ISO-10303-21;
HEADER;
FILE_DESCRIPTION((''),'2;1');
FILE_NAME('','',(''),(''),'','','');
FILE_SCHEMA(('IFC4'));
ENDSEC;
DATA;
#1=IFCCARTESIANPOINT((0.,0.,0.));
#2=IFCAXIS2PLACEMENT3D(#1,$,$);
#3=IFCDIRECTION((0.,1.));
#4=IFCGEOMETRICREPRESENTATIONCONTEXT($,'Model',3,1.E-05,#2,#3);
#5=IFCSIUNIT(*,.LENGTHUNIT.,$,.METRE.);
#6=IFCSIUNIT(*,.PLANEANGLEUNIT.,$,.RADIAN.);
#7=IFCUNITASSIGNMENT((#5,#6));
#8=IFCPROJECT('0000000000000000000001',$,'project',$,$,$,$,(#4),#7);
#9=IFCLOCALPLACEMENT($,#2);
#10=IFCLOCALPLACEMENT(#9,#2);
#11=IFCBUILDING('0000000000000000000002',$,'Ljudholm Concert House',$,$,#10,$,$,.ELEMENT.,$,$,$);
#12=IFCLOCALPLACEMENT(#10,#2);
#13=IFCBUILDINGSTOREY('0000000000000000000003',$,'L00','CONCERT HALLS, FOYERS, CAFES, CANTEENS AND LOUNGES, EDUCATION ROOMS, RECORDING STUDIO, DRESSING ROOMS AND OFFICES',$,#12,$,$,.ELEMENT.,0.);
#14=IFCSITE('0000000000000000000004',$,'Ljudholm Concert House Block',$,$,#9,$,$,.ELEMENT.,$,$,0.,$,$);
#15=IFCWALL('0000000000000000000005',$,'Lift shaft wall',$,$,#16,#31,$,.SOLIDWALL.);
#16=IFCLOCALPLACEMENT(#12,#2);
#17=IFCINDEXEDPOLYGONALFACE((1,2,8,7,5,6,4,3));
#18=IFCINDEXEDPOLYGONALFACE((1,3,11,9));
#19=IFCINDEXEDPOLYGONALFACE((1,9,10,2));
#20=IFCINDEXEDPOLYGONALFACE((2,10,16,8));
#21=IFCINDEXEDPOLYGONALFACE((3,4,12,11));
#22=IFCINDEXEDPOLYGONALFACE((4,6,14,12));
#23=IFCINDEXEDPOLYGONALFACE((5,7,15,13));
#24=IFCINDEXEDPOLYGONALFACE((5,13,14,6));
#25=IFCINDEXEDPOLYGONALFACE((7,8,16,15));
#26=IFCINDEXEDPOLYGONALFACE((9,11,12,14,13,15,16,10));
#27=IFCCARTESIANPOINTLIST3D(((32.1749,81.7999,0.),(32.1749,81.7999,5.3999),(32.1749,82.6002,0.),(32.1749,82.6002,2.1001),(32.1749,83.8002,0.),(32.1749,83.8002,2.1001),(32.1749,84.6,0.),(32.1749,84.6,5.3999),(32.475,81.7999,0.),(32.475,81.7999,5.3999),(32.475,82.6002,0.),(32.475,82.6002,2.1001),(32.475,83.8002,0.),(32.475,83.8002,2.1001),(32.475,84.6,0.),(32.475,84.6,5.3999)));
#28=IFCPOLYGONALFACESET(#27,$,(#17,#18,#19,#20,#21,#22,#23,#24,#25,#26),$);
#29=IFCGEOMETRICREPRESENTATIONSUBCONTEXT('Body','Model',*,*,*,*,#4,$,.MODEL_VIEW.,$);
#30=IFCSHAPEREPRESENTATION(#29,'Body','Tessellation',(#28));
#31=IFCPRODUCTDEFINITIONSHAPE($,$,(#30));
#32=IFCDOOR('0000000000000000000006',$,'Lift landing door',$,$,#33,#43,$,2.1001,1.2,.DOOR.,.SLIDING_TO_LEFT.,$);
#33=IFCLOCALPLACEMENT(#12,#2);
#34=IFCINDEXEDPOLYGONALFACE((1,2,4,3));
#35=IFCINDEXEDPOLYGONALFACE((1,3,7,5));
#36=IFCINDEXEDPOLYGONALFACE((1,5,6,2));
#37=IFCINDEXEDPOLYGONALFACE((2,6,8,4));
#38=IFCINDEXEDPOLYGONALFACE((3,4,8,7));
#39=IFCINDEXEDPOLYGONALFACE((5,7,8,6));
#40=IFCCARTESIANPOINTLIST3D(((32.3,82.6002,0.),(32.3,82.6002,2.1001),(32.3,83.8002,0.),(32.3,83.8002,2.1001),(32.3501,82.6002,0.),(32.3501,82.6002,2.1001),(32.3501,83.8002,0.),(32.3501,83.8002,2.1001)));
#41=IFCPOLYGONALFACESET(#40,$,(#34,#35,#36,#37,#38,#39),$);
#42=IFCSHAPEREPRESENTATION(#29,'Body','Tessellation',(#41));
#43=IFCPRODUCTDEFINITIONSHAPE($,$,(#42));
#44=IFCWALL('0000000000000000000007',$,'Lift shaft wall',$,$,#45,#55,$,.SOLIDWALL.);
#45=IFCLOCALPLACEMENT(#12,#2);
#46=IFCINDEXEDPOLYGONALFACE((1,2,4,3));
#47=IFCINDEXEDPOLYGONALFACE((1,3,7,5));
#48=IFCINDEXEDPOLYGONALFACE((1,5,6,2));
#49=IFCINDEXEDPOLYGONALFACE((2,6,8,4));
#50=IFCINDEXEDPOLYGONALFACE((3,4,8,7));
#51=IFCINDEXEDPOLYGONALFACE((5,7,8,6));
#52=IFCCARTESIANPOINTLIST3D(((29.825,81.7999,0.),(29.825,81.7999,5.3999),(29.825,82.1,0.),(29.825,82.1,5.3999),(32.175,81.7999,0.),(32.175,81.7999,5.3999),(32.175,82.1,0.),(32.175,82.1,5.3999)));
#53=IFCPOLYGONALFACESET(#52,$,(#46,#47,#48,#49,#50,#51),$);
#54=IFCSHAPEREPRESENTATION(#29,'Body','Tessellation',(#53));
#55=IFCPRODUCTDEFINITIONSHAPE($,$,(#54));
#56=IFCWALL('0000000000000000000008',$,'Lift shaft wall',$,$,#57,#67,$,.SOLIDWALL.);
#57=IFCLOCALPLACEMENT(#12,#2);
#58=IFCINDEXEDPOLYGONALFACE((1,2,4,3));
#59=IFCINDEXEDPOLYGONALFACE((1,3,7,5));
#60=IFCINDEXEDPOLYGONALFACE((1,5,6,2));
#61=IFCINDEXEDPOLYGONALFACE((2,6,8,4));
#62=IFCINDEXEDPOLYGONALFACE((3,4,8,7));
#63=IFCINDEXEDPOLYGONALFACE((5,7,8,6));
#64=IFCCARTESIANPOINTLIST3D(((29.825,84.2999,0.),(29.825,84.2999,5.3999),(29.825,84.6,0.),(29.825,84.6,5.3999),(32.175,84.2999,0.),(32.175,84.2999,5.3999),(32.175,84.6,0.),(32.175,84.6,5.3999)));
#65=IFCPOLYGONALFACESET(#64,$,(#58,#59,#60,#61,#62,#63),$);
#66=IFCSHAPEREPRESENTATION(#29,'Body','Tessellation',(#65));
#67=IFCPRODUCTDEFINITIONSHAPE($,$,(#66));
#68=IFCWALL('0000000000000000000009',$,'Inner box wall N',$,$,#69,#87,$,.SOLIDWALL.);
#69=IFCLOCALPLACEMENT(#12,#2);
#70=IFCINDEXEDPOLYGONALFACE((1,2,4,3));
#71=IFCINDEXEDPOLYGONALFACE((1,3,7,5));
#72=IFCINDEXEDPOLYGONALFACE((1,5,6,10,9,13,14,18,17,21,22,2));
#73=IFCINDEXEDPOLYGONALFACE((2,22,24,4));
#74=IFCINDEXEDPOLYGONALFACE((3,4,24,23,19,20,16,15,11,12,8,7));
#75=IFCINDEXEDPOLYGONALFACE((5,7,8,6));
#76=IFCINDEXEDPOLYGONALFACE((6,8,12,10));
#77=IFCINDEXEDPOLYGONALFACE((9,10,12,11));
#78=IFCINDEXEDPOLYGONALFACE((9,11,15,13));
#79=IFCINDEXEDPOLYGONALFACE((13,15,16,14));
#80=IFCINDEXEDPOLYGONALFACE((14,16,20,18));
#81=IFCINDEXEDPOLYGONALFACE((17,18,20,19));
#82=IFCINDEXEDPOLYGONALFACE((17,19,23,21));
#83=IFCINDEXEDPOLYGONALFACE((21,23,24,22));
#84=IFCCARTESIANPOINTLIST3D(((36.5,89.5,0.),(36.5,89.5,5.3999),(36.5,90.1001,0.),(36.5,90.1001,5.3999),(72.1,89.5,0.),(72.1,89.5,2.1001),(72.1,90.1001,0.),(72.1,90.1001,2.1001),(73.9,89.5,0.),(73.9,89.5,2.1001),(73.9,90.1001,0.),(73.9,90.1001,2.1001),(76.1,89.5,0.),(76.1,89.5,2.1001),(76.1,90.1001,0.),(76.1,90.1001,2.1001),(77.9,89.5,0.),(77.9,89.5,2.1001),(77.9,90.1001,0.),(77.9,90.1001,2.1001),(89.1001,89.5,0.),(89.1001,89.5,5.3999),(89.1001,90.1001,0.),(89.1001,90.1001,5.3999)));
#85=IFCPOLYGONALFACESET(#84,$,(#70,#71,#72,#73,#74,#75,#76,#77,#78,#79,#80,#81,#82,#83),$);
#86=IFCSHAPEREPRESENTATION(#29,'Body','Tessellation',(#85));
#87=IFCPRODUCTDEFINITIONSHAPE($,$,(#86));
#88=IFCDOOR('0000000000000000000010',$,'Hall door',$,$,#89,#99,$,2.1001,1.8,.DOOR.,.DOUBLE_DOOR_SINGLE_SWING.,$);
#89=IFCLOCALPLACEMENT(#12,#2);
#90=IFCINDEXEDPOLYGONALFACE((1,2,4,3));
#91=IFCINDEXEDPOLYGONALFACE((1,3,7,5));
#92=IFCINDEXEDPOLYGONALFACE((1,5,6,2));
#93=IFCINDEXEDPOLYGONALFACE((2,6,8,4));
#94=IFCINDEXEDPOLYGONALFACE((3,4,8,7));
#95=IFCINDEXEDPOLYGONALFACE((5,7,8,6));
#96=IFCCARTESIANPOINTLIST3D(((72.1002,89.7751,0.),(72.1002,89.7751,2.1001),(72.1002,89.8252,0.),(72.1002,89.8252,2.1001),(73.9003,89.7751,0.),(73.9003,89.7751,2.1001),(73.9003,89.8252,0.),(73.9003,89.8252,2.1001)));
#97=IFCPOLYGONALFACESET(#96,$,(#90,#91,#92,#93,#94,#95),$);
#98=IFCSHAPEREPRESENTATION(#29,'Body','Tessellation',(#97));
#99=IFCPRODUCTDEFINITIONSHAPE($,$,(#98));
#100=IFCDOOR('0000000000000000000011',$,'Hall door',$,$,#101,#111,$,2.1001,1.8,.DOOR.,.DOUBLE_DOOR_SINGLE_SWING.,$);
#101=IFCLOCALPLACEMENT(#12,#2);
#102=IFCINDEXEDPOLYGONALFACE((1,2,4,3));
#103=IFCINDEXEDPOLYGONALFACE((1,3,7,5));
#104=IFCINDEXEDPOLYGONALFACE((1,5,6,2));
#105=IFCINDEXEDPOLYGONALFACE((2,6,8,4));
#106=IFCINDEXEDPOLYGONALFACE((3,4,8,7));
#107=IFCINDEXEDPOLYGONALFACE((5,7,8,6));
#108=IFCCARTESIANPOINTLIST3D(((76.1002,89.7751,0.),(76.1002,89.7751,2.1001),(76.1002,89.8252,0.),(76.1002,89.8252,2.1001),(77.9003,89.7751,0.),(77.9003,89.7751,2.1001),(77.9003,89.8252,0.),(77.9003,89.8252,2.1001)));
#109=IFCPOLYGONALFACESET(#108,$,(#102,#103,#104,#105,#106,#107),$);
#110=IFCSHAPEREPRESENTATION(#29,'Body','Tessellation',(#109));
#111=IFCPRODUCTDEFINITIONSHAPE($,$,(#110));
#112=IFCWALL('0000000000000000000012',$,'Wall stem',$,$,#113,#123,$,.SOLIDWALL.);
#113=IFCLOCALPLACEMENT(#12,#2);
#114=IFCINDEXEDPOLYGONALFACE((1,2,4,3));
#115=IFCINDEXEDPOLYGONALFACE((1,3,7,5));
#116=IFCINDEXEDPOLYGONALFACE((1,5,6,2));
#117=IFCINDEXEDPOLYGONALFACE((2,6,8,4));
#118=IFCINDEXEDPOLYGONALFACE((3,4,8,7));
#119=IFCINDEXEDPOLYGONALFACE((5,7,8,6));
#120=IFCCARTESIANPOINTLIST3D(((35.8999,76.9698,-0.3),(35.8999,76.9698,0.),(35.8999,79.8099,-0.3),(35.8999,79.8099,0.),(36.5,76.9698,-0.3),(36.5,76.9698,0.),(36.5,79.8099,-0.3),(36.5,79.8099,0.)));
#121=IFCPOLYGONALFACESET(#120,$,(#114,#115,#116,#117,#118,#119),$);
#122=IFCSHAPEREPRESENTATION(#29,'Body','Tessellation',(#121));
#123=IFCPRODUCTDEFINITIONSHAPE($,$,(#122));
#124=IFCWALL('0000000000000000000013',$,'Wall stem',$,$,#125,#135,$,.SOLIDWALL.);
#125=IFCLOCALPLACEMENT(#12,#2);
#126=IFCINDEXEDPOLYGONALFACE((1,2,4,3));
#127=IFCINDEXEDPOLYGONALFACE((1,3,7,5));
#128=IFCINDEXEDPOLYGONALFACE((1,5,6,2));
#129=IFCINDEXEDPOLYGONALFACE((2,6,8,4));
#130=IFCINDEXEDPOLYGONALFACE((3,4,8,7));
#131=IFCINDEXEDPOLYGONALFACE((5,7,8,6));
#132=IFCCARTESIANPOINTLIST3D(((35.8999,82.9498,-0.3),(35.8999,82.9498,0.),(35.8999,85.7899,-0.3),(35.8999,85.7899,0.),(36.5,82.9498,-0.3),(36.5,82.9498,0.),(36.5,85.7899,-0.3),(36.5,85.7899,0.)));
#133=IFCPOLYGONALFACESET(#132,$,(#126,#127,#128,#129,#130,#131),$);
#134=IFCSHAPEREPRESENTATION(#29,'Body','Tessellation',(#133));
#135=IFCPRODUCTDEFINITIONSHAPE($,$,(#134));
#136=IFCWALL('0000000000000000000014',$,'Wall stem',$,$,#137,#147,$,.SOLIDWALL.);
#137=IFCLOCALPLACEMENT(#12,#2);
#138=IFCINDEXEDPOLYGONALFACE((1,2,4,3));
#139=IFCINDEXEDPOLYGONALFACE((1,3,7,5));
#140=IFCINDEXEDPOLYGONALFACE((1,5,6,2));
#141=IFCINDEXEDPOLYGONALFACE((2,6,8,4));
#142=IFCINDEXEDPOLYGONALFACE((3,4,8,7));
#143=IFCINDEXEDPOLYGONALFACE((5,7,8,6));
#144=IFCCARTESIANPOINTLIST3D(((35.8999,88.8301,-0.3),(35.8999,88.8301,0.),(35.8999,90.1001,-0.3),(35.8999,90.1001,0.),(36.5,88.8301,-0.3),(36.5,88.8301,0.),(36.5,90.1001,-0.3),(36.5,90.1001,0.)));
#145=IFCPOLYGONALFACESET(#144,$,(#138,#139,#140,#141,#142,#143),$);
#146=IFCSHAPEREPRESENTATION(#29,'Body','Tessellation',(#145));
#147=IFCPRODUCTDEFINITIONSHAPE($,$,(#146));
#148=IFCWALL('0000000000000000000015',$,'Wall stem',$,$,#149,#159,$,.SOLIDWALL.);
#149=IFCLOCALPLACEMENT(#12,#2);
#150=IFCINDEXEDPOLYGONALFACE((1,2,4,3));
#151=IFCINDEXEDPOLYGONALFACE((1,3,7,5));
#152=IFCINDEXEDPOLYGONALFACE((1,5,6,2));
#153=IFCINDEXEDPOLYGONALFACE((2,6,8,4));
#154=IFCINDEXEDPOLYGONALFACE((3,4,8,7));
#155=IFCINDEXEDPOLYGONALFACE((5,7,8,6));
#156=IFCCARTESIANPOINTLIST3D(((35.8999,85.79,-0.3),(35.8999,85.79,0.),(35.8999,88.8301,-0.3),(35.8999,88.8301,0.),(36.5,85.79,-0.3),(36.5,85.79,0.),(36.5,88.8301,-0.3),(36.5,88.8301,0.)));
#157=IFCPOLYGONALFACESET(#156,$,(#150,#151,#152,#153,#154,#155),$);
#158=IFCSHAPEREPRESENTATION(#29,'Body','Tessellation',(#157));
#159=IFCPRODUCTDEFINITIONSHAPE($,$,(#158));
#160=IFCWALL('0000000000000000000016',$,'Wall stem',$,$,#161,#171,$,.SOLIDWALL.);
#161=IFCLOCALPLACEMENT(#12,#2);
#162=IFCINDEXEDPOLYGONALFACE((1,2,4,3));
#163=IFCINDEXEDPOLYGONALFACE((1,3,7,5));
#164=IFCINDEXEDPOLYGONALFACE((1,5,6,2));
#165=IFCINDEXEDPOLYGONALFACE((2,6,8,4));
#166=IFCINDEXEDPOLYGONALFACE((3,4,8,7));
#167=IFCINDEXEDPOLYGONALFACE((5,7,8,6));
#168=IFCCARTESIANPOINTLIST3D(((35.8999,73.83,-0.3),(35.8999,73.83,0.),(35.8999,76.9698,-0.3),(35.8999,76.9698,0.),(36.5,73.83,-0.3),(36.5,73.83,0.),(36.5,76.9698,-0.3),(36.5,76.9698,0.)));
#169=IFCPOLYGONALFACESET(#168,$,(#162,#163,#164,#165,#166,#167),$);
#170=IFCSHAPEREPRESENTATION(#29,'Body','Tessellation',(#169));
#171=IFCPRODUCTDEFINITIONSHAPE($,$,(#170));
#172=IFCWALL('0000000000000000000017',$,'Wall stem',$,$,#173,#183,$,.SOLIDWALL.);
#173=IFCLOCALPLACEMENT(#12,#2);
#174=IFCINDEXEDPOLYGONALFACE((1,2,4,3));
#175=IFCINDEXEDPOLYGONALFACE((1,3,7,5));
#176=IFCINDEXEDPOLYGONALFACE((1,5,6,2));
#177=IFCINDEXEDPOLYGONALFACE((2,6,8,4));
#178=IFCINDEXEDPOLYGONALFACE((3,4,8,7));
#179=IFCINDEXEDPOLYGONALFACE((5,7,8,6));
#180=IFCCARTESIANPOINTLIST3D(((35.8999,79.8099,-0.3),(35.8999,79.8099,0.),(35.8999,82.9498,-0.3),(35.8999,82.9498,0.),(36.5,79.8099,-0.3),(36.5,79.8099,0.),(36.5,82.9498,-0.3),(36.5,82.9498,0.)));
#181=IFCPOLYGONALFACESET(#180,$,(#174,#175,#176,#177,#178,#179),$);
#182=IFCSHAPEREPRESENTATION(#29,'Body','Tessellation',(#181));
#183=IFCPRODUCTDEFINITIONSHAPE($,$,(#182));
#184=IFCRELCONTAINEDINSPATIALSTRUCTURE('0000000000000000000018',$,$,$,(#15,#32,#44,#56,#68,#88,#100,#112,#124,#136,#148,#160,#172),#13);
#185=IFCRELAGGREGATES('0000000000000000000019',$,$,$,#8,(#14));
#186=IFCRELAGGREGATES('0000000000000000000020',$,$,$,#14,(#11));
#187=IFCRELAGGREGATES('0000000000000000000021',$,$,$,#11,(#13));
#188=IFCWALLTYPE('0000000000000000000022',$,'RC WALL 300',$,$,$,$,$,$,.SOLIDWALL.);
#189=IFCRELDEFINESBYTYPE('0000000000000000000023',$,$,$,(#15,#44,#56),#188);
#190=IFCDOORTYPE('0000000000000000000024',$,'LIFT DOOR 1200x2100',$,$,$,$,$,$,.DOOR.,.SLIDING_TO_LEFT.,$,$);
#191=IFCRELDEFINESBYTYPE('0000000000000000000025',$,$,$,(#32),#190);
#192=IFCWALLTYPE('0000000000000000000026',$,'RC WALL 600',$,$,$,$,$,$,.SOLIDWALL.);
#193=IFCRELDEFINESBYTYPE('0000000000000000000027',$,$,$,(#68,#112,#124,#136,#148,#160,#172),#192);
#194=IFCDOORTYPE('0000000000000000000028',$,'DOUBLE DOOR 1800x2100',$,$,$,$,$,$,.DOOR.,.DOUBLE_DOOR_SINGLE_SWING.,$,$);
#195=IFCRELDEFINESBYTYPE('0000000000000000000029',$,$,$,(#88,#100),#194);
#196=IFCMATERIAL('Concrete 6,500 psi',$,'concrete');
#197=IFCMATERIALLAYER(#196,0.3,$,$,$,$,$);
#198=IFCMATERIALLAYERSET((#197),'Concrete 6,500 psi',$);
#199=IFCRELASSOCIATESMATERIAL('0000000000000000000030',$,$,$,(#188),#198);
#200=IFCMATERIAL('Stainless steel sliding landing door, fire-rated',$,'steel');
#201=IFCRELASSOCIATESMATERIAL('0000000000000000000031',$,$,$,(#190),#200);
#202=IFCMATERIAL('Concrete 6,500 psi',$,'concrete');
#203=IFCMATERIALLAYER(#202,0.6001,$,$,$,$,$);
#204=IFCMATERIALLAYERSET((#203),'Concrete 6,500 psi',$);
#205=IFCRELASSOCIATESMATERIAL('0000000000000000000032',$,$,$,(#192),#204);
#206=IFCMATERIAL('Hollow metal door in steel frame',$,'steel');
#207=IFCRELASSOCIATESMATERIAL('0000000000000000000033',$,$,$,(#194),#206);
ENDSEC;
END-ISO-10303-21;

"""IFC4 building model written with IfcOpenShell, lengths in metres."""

from ifc_helpers import new_model, si_unit, direction, frame, frame_2d, origin, place, context, subcontext, project, spatial, rectangle, extrude, material, layer, layer_set, type_object, element, fill, save


model = new_model("IFC4")

# Units and contexts
model_context = context("Model", 3, precision=1e-05, world=origin(), true_north=direction((0.0, 1.0)))
body_context = subcontext(model_context, "Body", "Model", "MODEL_VIEW")
ifc_project = project(units=[si_unit("LENGTHUNIT", "METRE"), si_unit("PLANEANGLEUNIT", "RADIAN")], contexts=[model_context])

# Site, building, storey
site_placement = place(None, origin())
site = spatial("IfcSite", under=ifc_project, at=site_placement, Name="Ljudholm Concert House Block", CompositionType="ELEMENT", RefElevation=0.0)
building_placement = place(site_placement, origin())
building = spatial("IfcBuilding", under=site, at=building_placement, Name="Ljudholm Concert House", CompositionType="ELEMENT")
storey_placement = place(building_placement, origin())
storey = spatial("IfcBuildingStorey", under=building, at=storey_placement, Name="L00", Description="CONCERT HALLS, FOYERS, CAFES, CANTEENS AND LOUNGES, EDUCATION ROOMS, RECORDING STUDIO, DRESSING ROOMS AND OFFICES", CompositionType="ELEMENT", Elevation=0.0)

# Shared definitions
ifc_material_1 = material(Name="Concrete 6,500 psi", Category="concrete")
ifc_layer_1 = layer(ifc_material_1, 0.3)
ifc_layer_set_1 = layer_set([ifc_layer_1], Name="Concrete 6,500 psi")
wall_type_1 = type_object("IfcWallType", Name="RC WALL 300", PredefinedType="SOLIDWALL", material=ifc_layer_set_1)

# Wall, opening, door
wall_1_placement = place(storey_placement, frame((32.325, 81.8, 0.0), z_axis=(0.0, 0.0, 1.0), x_axis=(0.0, 1.0, 0.0)))
wall_1 = element("IfcWall", 1, at=wall_1_placement, inside=storey, type_object=wall_type_1, Name="Lift shaft wall", PredefinedType="SOLIDWALL", context=body_context, shape_type="SweptSolid", body=[
    extrude(rectangle(XDim=2.8, YDim=0.3, at=frame_2d((1.3999, 0.0))), origin(), (0.0, 0.0, 1.0), 5.3999),
])
opening_1_placement = place(wall_1_placement, frame((0.8, 0.0, 0.0)))
opening_1 = element("IfcOpeningElement", 2, at=opening_1_placement, cuts=wall_1, PredefinedType="OPENING", context=body_context, shape_type="SweptSolid", body=[
    extrude(rectangle(XDim=1.2, YDim=2.1001, at=frame_2d((0.6001, 1.05))), frame((0.0, 0.1599, 0.0), z_axis=(0.0, -1.0, 0.0), x_axis=(1.0, 0.0, 0.0)), (0.0, 0.0, 1.0), 0.3201),
])
ifc_material_2 = material(Name="Stainless steel sliding landing door, fire-rated", Category="steel")
door_type_1 = type_object("IfcDoorType", Name="LIFT DOOR 1200x2100", OperationType="SLIDING_TO_LEFT", PredefinedType="DOOR", material=ifc_material_2)
door_1_placement = place(opening_1_placement, origin())
door_1 = element("IfcDoor", 3, at=door_1_placement, inside=storey, type_object=door_type_1, Name="Lift landing door", OperationType="SLIDING_TO_LEFT", OverallHeight=2.1001, OverallWidth=1.2, PredefinedType="DOOR", context=body_context, shape_type="SweptSolid", body=[
    extrude(rectangle(XDim=1.2, YDim=2.1001, at=frame_2d((0.6001, 1.05))), frame((0.0, 0.0249, 0.0), z_axis=(0.0, -1.0, 0.0), x_axis=(1.0, 0.0, 0.0)), (0.0, 0.0, 1.0), 0.05),
])
fill(opening_1, door_1)

# Walls
for number, where, z_axis, x_axis, name in (
    (4, (29.825, 81.95, 0.0), (0.0, 0.0, 1.0), (1.0, 0.0, 0.0), "Lift shaft wall"),
    (5, (29.825, 84.45, 0.0), (0.0, 0.0, 1.0), (1.0, 0.0, 0.0), "Lift shaft wall"),
):
    element("IfcWall", number, at=place(storey_placement, frame(where, z_axis=z_axis, x_axis=x_axis)), inside=storey, type_object=wall_type_1, Name=name, PredefinedType="SOLIDWALL", context=body_context, shape_type="SweptSolid", body=[
        extrude(rectangle(XDim=2.3501, YDim=0.3, at=frame_2d((1.175, 0.0))), origin(), (0.0, 0.0, 1.0), 5.3999),
    ])

# Wall, openings, doors
ifc_material_3 = material(Name="Concrete 6,500 psi", Category="concrete")
ifc_layer_2 = layer(ifc_material_3, 0.6001)
ifc_layer_set_2 = layer_set([ifc_layer_2], Name="Concrete 6,500 psi")
wall_type_2 = type_object("IfcWallType", Name="RC WALL 600", PredefinedType="SOLIDWALL", material=ifc_layer_set_2)
wall_2_placement = place(storey_placement, frame((36.5, 89.8, 0.0), z_axis=(0.0, 0.0, 1.0), x_axis=(1.0, 0.0, 0.0)))
wall_2 = element("IfcWall", 6, at=wall_2_placement, inside=storey, type_object=wall_type_2, Name="Inner box wall N", PredefinedType="SOLIDWALL", context=body_context, shape_type="SweptSolid", body=[
    extrude(rectangle(XDim=52.6001, YDim=0.6001, at=frame_2d((26.3, 0.0))), origin(), (0.0, 0.0, 1.0), 5.3999),
])
opening_2_placement = place(wall_2_placement, frame((35.6001, 0.0, 0.0)))
opening_2 = element("IfcOpeningElement", 7, at=opening_2_placement, cuts=wall_2, PredefinedType="OPENING", context=body_context, shape_type="SweptSolid", body=[
    extrude(rectangle(XDim=1.8, YDim=2.1001, at=frame_2d((0.8999, 1.05))), frame((0.0, 0.3101, 0.0), z_axis=(0.0, -1.0, 0.0), x_axis=(1.0, 0.0, 0.0)), (0.0, 0.0, 1.0), 0.6201),
])
opening_3_placement = place(wall_2_placement, frame((39.6001, 0.0, 0.0)))
opening_3 = element("IfcOpeningElement", 8, at=opening_3_placement, cuts=wall_2, PredefinedType="OPENING", context=body_context, shape_type="SweptSolid", body=[
    extrude(rectangle(XDim=1.8, YDim=2.1001, at=frame_2d((0.8999, 1.05))), frame((0.0, 0.3101, 0.0), z_axis=(0.0, -1.0, 0.0), x_axis=(1.0, 0.0, 0.0)), (0.0, 0.0, 1.0), 0.6201),
])
ifc_material_4 = material(Name="Hollow metal door in steel frame", Category="steel")
door_type_2 = type_object("IfcDoorType", Name="DOUBLE DOOR 1800x2100", OperationType="DOUBLE_DOOR_SINGLE_SWING", PredefinedType="DOOR", material=ifc_material_4)
door_2_placement = place(opening_2_placement, frame((1.8, 0.0, 0.0), z_axis=(0.0, 0.0, 1.0), x_axis=(-1.0, 0.0, 0.0)))
door_2 = element("IfcDoor", 9, at=door_2_placement, inside=storey, type_object=door_type_2, Name="Hall door", OperationType="DOUBLE_DOOR_SINGLE_SWING", OverallHeight=2.1001, OverallWidth=1.8, PredefinedType="DOOR", context=body_context, shape_type="SweptSolid", body=[
    extrude(rectangle(XDim=1.8, YDim=2.1001, at=frame_2d((0.8999, 1.05))), frame((0.0, 0.0249, 0.0), z_axis=(0.0, -1.0, 0.0), x_axis=(1.0, 0.0, 0.0)), (0.0, 0.0, 1.0), 0.05),
])
fill(opening_2, door_2)
door_3_placement = place(opening_3_placement, frame((1.8, 0.0, 0.0), z_axis=(0.0, 0.0, 1.0), x_axis=(-1.0, 0.0, 0.0)))
door_3 = element("IfcDoor", 10, at=door_3_placement, inside=storey, type_object=door_type_2, Name="Hall door", OperationType="DOUBLE_DOOR_SINGLE_SWING", OverallHeight=2.1001, OverallWidth=1.8, PredefinedType="DOOR", context=body_context, shape_type="SweptSolid", body=[
    extrude(rectangle(XDim=1.8, YDim=2.1001, at=frame_2d((0.8999, 1.05))), frame((0.0, 0.0249, 0.0), z_axis=(0.0, -1.0, 0.0), x_axis=(1.0, 0.0, 0.0)), (0.0, 0.0, 1.0), 0.05),
])
fill(opening_3, door_3)

# Walls
for number, where, z_axis, x_axis, name in (
    (11, (36.2, 76.97, -0.3), (0.0, 0.0, 1.0), (0.0, 1.0, 0.0), "Wall stem"),
    (12, (36.2, 82.95, -0.3), (0.0, 0.0, 1.0), (0.0, 1.0, 0.0), "Wall stem"),
):
    element("IfcWall", number, at=place(storey_placement, frame(where, z_axis=z_axis, x_axis=x_axis)), inside=storey, type_object=wall_type_2, Name=name, PredefinedType="SOLIDWALL", context=body_context, shape_type="SweptSolid", body=[
        extrude(rectangle(XDim=2.8401, YDim=0.6001, at=frame_2d((1.4199, 0.0))), origin(), (0.0, 0.0, 1.0), 0.3),
    ])
wall_3_placement = place(storey_placement, frame((36.2, 88.8301, -0.3), z_axis=(0.0, 0.0, 1.0), x_axis=(0.0, 1.0, 0.0)))
element("IfcWall", 13, at=wall_3_placement, inside=storey, type_object=wall_type_2, Name="Wall stem", PredefinedType="SOLIDWALL", context=body_context, shape_type="SweptSolid", body=[
    extrude(rectangle(XDim=1.27, YDim=0.6001, at=frame_2d((0.635, 0.0))), origin(), (0.0, 0.0, 1.0), 0.3),
])
wall_4_placement = place(storey_placement, frame((36.2, 85.79, -0.3), z_axis=(0.0, 0.0, 1.0), x_axis=(0.0, 1.0, 0.0)))
element("IfcWall", 14, at=wall_4_placement, inside=storey, type_object=wall_type_2, Name="Wall stem", PredefinedType="SOLIDWALL", context=body_context, shape_type="SweptSolid", body=[
    extrude(rectangle(XDim=3.04, YDim=0.6001, at=frame_2d((1.52, 0.0))), origin(), (0.0, 0.0, 1.0), 0.3),
])
for number, where, z_axis, x_axis, name in (
    (15, (36.2, 73.8301, -0.3), (0.0, 0.0, 1.0), (0.0, 1.0, 0.0), "Wall stem"),
    (16, (36.2, 79.8101, -0.3), (0.0, 0.0, 1.0), (0.0, 1.0, 0.0), "Wall stem"),
):
    element("IfcWall", number, at=place(storey_placement, frame(where, z_axis=z_axis, x_axis=x_axis)), inside=storey, type_object=wall_type_2, Name=name, PredefinedType="SOLIDWALL", context=body_context, shape_type="SweptSolid", body=[
        extrude(rectangle(XDim=3.1399, YDim=0.6001, at=frame_2d((1.5698, 0.0))), origin(), (0.0, 0.0, 1.0), 0.3),
    ])

save(model, "model.ifc")
